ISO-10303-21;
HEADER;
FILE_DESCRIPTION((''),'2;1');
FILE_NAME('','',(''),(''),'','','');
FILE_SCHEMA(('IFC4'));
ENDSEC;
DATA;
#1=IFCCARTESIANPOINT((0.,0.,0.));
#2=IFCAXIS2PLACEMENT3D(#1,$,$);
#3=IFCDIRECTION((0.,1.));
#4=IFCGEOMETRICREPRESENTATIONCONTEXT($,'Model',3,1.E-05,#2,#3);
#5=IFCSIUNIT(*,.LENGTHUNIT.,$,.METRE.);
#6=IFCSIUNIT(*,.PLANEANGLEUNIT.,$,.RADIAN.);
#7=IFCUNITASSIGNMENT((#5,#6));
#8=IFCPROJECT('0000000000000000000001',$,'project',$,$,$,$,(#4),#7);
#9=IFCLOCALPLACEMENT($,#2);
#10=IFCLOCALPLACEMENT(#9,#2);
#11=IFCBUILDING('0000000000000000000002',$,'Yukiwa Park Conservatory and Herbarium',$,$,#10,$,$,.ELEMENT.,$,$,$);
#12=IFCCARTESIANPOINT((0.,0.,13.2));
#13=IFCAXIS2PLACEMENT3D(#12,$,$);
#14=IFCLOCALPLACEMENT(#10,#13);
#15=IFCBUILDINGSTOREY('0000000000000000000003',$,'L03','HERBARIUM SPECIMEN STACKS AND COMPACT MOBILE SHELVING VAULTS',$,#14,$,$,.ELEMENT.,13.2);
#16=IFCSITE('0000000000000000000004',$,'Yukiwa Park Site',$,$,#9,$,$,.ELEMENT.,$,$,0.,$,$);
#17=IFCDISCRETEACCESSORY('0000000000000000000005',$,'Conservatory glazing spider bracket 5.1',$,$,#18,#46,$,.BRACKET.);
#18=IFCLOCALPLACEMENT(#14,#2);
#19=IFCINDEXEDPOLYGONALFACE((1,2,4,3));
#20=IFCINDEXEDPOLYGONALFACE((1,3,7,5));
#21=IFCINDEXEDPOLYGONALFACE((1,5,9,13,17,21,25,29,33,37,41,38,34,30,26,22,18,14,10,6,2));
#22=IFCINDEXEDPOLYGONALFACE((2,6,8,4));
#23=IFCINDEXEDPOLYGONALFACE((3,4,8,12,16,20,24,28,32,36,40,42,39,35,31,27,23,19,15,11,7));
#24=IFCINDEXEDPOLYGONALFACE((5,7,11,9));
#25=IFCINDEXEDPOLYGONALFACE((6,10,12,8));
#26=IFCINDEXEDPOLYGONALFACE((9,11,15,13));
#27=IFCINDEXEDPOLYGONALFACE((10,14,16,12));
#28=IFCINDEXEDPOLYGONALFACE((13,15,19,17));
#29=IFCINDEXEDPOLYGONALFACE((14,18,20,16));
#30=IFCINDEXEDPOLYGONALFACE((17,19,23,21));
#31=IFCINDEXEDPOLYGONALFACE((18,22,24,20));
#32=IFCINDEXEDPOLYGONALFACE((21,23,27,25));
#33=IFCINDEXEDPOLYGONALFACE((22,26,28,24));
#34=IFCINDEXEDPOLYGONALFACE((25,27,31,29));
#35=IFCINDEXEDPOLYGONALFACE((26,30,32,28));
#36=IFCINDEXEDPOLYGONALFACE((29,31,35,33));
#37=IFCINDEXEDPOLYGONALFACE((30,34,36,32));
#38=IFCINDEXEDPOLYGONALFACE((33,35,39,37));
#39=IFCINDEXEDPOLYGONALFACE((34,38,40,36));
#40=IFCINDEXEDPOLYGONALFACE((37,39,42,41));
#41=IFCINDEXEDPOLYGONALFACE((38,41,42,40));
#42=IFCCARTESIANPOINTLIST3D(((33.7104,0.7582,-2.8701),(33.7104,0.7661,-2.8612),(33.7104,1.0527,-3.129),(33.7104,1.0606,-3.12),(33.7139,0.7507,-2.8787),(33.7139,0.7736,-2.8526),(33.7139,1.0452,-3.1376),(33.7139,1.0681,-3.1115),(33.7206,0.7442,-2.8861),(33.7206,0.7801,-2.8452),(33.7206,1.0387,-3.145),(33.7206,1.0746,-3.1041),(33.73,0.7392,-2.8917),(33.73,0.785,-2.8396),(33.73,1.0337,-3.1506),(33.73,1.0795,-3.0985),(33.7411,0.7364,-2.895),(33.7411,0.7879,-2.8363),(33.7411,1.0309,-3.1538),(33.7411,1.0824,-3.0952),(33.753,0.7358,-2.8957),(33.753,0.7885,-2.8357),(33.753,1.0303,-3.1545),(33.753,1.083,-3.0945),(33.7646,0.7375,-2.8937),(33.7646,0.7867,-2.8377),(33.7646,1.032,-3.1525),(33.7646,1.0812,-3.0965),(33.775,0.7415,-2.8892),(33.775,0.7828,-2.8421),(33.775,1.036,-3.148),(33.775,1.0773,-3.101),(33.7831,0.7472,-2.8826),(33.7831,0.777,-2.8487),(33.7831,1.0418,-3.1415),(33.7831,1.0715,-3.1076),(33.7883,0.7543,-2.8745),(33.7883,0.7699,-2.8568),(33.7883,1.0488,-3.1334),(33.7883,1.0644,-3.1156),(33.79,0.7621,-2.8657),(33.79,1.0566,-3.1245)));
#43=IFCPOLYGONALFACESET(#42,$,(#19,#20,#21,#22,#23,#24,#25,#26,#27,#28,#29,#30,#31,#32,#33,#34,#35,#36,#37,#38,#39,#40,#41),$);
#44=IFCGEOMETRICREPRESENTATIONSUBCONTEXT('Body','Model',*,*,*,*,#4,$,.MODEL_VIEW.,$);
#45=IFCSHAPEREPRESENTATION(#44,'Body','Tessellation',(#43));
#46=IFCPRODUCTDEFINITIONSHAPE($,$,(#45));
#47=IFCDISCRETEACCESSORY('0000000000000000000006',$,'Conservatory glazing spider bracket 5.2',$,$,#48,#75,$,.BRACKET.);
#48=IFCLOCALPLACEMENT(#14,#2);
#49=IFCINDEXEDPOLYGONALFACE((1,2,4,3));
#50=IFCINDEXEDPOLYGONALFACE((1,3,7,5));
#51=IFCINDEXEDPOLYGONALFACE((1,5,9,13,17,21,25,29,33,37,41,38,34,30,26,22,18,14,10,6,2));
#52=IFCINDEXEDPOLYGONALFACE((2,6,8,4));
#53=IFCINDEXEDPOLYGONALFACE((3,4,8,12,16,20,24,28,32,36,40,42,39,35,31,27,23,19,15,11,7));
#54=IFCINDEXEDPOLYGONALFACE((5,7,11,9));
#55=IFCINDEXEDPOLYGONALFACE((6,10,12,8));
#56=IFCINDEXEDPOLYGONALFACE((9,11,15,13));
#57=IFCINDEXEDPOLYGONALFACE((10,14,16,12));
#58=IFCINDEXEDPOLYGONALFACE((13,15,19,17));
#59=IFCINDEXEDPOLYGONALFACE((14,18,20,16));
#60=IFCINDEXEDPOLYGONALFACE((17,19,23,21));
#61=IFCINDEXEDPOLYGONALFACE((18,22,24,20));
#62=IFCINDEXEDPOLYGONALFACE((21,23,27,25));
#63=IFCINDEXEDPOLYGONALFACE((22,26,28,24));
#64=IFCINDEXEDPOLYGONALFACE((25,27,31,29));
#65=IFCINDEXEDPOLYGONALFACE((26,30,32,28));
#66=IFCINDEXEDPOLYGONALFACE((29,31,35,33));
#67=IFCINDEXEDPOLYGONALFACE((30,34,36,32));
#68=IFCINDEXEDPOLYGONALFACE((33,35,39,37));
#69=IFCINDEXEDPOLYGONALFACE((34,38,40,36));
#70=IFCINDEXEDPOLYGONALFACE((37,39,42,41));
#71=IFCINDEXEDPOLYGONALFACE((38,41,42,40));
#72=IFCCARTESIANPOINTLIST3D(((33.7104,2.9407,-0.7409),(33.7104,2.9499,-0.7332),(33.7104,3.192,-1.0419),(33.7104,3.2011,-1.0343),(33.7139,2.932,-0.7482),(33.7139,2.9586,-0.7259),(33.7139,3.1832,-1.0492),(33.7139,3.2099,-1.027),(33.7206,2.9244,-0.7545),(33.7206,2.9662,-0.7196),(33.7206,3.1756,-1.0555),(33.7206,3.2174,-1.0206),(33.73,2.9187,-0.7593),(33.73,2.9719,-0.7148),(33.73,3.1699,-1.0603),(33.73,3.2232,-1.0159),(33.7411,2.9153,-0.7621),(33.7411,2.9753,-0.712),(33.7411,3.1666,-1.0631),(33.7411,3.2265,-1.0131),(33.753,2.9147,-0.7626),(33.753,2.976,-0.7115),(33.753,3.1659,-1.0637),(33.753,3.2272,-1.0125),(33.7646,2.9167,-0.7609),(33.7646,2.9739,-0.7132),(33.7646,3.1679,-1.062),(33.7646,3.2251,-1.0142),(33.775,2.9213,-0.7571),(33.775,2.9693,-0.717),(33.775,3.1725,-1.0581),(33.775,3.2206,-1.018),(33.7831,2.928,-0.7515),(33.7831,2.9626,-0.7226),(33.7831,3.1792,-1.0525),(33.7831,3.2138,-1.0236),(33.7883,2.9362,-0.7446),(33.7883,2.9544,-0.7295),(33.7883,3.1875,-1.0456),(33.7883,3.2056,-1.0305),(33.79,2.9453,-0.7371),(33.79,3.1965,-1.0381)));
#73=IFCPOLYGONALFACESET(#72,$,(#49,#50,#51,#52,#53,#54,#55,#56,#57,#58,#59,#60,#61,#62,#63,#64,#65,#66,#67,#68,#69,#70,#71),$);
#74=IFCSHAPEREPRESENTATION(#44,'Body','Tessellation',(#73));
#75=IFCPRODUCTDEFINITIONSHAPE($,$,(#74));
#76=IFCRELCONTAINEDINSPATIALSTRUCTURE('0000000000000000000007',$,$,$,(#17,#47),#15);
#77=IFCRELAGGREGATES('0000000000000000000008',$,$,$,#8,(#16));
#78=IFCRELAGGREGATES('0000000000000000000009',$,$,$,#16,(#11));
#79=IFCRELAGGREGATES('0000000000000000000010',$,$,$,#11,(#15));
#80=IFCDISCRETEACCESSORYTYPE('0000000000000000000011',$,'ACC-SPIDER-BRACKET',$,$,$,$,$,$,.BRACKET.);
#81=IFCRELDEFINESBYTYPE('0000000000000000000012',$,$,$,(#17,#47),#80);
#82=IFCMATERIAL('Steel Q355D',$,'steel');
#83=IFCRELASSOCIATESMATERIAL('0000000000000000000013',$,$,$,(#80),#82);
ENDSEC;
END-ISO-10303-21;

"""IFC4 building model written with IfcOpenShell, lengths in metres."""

from ifc_helpers import new_model, si_unit, direction, frame, origin, origin_2d, place, context, subcontext, project, spatial, circle, extrude, material, type_object, element, save


model = new_model("IFC4")

# Units and contexts
model_context = context("Model", 3, precision=1e-05, world=origin(), true_north=direction((0.0, 1.0)))
body_context = subcontext(model_context, "Body", "Model", "MODEL_VIEW")
ifc_project = project(units=[si_unit("LENGTHUNIT", "METRE"), si_unit("PLANEANGLEUNIT", "RADIAN")], contexts=[model_context])

# Site, building, storey
site_placement = place(None, origin())
site = spatial("IfcSite", under=ifc_project, at=site_placement, Name="Yukiwa Park Site", CompositionType="ELEMENT", RefElevation=0.0)
building_placement = place(site_placement, origin())
building = spatial("IfcBuilding", under=site, at=building_placement, Name="Yukiwa Park Conservatory and Herbarium", CompositionType="ELEMENT")
storey_placement = place(building_placement, frame((0.0, 0.0, 13.2)))
storey = spatial("IfcBuildingStorey", under=building, at=storey_placement, Name="L03", Description="HERBARIUM SPECIMEN STACKS AND COMPACT MOBILE SHELVING VAULTS", CompositionType="ELEMENT", Elevation=13.2)

# Discrete accessories
ifc_material_1 = material(Name="Steel Q355D", Category="steel")
discrete_accessory_type = type_object("IfcDiscreteAccessoryType", Name="ACC-SPIDER-BRACKET", PredefinedType="BRACKET", material=ifc_material_1)
for number, where, z_axis, x_axis, name in (
    (1, (33.75, 1.0566, -3.1245), (0.0, -0.751109, 0.660178), (1.0, 0.0, 0.0), "Conservatory glazing spider bracket 5.1"),
    (2, (33.75, 3.1965, -1.0381), (0.0, -0.640735, 0.767762), (1.0, 0.0, 0.0), "Conservatory glazing spider bracket 5.2"),
):
    element("IfcDiscreteAccessory", number, at=place(storey_placement, frame(where, z_axis=z_axis, x_axis=x_axis)), inside=storey, type_object=discrete_accessory_type, Name=name, PredefinedType="BRACKET", context=body_context, shape_type="SweptSolid", body=[
        extrude(circle(Radius=0.04, at=origin_2d()), origin(), (0.0, 0.0, 1.0), 0.3921),
    ])

save(model, "model.ifc")
